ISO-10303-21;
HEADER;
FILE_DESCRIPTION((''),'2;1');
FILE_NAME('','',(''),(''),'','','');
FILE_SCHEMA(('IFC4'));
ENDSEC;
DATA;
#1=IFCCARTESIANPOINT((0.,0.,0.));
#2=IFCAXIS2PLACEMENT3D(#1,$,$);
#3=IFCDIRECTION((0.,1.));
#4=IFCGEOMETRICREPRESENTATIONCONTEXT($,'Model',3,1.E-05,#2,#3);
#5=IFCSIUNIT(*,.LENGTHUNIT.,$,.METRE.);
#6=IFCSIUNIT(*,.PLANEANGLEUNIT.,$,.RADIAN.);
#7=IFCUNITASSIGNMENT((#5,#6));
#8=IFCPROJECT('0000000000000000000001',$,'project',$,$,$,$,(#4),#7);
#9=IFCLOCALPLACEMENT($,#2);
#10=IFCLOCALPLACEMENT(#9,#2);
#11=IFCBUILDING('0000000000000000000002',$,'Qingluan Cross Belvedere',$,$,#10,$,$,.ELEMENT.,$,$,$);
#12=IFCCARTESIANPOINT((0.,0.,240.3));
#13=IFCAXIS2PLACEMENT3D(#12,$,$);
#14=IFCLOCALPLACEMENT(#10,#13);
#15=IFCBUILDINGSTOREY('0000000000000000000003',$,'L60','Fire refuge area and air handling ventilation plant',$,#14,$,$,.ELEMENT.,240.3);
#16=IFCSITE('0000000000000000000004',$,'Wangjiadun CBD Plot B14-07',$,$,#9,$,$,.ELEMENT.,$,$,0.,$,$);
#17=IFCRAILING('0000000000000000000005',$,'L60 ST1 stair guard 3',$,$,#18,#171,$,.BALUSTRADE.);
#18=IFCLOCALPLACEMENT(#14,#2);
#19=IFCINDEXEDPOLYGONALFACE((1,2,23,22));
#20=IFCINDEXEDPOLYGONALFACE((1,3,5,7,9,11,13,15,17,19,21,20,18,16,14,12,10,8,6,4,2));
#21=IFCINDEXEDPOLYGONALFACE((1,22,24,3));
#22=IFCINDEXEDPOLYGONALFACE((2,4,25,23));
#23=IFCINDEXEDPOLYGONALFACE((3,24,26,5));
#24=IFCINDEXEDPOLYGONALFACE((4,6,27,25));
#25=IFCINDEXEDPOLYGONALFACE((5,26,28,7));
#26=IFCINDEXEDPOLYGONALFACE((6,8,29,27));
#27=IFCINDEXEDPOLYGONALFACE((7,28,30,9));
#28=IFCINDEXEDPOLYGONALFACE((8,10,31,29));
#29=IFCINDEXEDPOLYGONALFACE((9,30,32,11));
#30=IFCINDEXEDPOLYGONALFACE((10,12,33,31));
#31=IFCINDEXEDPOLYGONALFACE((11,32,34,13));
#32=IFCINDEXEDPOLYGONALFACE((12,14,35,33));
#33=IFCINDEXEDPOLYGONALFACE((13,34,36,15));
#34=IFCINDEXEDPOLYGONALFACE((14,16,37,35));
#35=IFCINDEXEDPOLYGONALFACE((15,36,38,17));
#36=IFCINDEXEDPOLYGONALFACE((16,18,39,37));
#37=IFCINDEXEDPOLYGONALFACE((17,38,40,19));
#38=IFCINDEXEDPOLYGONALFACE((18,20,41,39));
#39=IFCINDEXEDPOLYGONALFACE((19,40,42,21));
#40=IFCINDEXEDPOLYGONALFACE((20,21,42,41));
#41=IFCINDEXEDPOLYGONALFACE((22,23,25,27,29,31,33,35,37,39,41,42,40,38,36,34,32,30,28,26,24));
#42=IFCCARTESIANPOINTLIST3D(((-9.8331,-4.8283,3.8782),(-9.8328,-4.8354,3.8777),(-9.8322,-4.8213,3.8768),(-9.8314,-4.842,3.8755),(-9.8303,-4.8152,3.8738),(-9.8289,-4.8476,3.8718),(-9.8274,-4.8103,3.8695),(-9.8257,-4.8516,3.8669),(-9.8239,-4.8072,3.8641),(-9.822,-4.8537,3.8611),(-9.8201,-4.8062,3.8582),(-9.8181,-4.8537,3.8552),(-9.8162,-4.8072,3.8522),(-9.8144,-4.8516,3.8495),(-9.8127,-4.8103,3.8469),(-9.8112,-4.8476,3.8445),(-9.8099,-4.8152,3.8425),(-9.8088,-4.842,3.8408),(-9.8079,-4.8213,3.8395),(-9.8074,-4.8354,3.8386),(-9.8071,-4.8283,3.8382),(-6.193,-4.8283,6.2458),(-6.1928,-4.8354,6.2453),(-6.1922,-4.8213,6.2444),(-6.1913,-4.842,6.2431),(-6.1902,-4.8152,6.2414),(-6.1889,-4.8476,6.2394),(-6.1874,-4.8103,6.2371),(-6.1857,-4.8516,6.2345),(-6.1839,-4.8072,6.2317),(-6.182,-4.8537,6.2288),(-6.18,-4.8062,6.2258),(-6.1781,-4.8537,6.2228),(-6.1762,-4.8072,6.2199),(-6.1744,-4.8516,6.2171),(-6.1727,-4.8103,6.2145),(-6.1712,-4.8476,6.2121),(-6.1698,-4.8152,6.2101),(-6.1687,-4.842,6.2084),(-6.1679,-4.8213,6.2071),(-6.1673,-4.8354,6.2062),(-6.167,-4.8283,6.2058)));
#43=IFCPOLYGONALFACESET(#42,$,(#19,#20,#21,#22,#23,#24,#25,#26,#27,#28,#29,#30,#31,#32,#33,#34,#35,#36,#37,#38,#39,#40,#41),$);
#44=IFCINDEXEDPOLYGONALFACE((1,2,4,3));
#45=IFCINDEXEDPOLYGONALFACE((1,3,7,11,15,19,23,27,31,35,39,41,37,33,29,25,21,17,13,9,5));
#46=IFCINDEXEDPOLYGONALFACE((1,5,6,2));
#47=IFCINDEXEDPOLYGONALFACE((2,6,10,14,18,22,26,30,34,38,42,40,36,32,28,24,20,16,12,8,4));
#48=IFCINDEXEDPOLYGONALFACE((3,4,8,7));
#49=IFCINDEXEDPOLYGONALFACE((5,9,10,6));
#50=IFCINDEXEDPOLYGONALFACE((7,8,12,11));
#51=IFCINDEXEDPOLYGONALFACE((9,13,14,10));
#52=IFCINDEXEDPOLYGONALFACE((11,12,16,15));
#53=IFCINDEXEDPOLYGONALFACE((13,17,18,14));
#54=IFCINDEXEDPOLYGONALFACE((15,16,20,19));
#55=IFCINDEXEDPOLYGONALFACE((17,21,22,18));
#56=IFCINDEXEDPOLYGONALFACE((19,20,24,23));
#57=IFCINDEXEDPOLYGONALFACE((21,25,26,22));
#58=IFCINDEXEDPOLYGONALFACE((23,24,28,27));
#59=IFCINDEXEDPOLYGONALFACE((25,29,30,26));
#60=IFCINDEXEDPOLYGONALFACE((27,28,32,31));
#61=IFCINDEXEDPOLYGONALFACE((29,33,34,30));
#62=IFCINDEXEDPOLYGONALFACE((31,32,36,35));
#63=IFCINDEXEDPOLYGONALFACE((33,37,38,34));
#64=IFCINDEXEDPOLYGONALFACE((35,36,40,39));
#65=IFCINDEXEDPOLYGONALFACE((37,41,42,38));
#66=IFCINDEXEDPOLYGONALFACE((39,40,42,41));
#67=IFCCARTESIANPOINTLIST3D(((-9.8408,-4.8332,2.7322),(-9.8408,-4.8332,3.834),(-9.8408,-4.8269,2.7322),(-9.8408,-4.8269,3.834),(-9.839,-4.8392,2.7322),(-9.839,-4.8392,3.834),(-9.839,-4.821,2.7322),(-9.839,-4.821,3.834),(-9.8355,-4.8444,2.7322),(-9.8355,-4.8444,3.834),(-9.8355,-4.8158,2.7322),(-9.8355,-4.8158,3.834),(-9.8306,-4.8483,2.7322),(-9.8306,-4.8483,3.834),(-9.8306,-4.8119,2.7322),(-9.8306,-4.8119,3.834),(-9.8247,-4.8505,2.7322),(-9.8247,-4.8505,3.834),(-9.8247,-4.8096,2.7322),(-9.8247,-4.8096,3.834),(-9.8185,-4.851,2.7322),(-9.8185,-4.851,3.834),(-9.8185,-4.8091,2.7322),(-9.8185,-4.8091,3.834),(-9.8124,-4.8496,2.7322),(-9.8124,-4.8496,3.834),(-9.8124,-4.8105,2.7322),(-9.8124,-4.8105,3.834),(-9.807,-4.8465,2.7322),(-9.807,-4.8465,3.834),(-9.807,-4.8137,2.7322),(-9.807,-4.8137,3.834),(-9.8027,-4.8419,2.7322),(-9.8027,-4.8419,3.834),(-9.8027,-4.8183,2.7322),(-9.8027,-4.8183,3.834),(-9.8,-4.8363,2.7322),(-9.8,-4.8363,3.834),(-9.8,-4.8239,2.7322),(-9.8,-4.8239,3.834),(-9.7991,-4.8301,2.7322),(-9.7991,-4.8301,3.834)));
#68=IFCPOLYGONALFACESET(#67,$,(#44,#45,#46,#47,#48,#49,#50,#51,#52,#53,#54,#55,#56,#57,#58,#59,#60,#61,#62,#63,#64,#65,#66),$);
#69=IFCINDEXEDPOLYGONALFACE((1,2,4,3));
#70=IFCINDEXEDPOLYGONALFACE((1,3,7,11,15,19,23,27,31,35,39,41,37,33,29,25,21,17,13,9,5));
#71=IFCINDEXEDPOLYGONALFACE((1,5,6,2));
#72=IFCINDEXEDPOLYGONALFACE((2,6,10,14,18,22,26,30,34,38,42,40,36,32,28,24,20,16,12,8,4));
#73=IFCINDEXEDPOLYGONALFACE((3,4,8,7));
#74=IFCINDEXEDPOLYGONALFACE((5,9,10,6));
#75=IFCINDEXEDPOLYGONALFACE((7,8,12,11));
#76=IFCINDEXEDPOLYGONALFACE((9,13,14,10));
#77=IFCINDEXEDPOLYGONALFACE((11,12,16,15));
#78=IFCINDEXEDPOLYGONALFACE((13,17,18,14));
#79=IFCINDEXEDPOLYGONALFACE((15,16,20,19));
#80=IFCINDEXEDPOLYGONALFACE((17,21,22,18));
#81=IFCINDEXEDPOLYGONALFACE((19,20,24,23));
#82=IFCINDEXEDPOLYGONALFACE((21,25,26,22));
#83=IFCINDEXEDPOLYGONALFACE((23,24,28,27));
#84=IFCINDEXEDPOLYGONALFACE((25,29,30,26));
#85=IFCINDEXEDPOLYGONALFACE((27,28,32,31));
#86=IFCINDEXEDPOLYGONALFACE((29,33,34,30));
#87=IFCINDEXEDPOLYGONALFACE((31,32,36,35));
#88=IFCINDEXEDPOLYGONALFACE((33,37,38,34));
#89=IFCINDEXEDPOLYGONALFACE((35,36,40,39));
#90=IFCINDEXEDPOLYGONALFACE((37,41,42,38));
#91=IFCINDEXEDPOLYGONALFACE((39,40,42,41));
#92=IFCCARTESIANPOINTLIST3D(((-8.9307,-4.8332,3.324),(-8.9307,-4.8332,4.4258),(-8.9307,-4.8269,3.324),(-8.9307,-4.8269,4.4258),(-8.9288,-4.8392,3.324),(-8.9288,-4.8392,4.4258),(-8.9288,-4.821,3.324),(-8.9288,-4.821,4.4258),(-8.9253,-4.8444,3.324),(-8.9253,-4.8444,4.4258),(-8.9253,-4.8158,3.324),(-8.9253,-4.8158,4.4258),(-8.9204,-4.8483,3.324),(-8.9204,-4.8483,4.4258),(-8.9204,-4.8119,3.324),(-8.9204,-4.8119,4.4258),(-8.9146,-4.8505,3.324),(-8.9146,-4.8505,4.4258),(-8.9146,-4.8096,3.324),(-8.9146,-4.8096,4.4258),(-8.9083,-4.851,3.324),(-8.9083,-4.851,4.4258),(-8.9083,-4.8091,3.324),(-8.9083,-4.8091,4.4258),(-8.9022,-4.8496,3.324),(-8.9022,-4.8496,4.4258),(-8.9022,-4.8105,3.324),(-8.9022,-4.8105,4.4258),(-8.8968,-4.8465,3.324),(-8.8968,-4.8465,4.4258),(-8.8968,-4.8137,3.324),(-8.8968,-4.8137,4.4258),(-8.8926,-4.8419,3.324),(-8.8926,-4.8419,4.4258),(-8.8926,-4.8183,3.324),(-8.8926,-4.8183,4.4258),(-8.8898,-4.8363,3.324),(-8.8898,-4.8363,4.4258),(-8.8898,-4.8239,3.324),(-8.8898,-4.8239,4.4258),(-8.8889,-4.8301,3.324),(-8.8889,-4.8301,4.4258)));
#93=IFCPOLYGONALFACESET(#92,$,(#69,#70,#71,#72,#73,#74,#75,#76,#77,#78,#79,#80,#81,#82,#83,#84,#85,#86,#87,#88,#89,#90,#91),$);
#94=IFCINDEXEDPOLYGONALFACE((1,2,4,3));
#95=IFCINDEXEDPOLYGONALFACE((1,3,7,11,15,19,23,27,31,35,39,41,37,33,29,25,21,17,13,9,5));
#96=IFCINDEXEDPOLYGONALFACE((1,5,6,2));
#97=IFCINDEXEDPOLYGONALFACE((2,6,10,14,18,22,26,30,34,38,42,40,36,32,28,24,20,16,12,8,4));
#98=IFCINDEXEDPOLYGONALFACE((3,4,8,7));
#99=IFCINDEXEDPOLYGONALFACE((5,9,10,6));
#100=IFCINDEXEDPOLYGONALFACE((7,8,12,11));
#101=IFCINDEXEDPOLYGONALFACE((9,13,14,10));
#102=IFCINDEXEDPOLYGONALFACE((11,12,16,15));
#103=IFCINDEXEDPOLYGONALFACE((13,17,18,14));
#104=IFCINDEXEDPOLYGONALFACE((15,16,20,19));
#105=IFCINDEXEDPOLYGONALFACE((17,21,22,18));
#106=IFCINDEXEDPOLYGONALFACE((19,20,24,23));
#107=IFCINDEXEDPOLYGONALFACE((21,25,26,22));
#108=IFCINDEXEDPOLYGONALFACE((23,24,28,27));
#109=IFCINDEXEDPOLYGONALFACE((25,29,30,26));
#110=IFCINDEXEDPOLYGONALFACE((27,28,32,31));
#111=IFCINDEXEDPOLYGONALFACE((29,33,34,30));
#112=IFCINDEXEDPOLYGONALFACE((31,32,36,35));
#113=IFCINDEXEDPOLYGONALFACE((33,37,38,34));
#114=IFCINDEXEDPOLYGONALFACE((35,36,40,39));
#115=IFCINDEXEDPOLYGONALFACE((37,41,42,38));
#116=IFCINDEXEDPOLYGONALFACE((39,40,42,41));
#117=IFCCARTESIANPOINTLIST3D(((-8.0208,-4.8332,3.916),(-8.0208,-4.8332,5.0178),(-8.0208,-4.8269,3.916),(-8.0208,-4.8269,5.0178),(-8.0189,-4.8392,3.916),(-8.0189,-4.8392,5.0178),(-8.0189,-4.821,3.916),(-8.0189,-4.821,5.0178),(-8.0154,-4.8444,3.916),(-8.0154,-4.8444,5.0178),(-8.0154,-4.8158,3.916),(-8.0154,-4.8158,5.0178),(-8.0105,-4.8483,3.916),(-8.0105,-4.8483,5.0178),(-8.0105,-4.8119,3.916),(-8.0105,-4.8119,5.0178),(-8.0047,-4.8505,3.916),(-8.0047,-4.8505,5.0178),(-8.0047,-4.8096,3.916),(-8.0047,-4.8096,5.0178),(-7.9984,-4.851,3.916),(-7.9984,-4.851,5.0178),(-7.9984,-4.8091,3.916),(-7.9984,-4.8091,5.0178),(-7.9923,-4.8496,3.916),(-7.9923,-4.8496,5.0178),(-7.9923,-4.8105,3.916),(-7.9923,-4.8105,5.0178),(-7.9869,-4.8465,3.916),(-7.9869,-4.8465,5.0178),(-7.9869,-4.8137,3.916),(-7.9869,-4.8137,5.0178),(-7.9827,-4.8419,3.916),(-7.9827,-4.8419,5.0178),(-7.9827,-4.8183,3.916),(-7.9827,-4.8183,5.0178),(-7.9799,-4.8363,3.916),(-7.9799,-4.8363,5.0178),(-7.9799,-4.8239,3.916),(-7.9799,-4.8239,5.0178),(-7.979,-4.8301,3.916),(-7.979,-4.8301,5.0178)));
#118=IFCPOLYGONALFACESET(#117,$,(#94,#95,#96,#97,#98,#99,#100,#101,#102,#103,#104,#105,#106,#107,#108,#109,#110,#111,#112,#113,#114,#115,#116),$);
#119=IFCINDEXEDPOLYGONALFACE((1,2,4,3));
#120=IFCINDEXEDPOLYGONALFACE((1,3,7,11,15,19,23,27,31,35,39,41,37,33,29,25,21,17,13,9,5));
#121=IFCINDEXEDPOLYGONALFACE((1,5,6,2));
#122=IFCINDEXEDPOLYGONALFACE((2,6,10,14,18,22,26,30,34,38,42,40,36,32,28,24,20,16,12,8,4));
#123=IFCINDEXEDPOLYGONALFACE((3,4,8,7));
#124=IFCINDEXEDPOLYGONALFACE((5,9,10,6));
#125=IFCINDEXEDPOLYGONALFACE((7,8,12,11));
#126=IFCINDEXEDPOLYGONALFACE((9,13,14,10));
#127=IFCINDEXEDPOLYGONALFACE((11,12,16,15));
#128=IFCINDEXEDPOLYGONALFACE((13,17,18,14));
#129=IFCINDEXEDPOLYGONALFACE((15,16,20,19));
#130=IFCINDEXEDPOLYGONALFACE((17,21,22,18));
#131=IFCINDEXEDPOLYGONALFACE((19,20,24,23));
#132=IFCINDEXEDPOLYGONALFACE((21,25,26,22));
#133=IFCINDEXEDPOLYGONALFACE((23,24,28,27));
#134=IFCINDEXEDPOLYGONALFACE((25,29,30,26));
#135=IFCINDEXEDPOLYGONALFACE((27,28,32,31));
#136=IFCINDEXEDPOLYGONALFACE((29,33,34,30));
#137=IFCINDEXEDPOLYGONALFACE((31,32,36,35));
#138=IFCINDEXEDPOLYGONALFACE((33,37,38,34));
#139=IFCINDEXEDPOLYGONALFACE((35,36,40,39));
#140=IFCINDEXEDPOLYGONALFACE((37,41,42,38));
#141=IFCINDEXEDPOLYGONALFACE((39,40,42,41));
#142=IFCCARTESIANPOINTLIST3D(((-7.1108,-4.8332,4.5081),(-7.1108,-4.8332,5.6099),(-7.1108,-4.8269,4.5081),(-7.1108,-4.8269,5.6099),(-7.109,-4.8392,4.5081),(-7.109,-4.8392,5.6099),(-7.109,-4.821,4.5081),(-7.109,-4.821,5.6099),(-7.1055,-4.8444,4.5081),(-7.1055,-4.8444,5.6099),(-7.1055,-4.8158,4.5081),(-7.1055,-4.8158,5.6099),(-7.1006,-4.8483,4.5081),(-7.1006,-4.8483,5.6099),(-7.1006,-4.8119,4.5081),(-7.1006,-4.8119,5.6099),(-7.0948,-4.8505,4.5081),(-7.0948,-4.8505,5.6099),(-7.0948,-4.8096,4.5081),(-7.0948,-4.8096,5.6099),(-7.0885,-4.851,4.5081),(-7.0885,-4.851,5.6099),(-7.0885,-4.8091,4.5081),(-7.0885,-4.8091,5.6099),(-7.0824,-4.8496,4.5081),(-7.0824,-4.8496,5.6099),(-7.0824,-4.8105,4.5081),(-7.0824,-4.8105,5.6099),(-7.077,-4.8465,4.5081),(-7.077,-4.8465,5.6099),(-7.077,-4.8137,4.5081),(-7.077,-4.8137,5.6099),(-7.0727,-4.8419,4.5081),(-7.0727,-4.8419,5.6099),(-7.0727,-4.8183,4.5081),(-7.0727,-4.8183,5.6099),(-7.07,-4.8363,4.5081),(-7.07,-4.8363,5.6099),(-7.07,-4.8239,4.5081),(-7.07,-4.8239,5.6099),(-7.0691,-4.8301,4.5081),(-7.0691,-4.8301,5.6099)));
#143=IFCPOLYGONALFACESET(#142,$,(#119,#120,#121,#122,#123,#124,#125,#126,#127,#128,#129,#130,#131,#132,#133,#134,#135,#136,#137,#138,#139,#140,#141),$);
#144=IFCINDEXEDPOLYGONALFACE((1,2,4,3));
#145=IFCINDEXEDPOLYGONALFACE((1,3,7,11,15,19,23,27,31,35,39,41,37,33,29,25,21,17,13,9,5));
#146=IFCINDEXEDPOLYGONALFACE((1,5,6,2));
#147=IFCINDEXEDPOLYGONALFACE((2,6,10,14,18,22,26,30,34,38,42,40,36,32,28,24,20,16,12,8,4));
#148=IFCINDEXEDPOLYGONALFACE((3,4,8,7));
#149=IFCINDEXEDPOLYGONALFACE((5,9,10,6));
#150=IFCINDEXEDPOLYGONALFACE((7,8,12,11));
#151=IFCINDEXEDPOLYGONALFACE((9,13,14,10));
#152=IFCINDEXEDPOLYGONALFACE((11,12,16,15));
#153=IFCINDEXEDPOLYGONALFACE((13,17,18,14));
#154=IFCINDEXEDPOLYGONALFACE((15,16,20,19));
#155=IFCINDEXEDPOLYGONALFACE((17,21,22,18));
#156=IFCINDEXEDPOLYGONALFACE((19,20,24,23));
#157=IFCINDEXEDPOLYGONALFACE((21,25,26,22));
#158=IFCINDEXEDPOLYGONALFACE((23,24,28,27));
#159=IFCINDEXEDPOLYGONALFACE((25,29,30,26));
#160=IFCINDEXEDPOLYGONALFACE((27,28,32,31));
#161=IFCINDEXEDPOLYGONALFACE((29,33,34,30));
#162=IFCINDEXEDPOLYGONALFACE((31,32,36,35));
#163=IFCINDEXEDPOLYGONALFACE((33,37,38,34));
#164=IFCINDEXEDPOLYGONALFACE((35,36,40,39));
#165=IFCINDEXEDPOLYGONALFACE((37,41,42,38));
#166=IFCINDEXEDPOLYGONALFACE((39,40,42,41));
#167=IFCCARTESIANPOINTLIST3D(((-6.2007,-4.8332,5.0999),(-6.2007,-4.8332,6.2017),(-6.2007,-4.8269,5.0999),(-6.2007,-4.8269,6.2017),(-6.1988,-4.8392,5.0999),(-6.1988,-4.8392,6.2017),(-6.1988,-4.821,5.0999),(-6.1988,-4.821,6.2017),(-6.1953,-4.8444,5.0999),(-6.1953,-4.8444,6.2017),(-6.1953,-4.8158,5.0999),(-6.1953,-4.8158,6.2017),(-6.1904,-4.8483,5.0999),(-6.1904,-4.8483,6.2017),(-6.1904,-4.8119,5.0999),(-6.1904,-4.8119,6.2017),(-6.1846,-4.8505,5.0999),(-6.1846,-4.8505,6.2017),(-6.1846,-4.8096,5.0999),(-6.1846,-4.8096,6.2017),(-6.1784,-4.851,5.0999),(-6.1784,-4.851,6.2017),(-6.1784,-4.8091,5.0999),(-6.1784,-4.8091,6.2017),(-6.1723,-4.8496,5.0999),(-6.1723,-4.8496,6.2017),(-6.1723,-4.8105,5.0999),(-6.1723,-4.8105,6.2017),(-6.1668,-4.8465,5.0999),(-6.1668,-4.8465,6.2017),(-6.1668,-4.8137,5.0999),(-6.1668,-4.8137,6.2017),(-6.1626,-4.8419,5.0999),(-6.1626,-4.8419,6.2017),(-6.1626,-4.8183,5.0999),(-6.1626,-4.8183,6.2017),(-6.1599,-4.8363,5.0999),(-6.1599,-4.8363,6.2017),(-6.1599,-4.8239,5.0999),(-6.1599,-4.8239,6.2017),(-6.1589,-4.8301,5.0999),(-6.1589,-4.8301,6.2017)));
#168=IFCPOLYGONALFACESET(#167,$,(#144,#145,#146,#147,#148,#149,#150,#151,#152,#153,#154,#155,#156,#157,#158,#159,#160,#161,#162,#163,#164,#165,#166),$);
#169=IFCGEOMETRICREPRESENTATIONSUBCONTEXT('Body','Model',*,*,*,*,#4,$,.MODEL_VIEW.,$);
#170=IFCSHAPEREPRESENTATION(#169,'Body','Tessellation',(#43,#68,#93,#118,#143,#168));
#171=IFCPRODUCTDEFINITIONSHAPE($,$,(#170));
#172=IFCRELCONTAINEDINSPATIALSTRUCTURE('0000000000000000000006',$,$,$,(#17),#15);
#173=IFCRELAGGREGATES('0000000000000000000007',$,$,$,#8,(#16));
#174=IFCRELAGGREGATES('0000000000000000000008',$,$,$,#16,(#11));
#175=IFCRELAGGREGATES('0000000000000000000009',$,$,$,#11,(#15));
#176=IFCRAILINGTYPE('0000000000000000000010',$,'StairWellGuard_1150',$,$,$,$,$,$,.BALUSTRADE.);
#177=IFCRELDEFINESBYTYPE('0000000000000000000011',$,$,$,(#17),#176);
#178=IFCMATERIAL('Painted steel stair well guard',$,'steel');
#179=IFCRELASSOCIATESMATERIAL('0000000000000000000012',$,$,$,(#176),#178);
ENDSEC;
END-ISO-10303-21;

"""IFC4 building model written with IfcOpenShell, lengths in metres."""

from ifc_helpers import new_model, si_unit, direction, frame, origin, origin_2d, place, context, subcontext, project, spatial, circle, extrude, material, type_object, element, save


model = new_model("IFC4")

# Units and contexts
model_context = context("Model", 3, precision=1e-05, world=origin(), true_north=direction((0.0, 1.0)))
body_context = subcontext(model_context, "Body", "Model", "MODEL_VIEW")
ifc_project = project(units=[si_unit("LENGTHUNIT", "METRE"), si_unit("PLANEANGLEUNIT", "RADIAN")], contexts=[model_context])

# Site, building, storey
site_placement = place(None, origin())
site = spatial("IfcSite", under=ifc_project, at=site_placement, Name="Wangjiadun CBD Plot B14-07", CompositionType="ELEMENT", RefElevation=0.0)
building_placement = place(site_placement, origin())
building = spatial("IfcBuilding", under=site, at=building_placement, Name="Qingluan Cross Belvedere", CompositionType="ELEMENT")
storey_placement = place(building_placement, frame((0.0, 0.0, 240.3)))
storey = spatial("IfcBuildingStorey", under=building, at=storey_placement, Name="L60", Description="Fire refuge area and air handling ventilation plant", CompositionType="ELEMENT", Elevation=240.3)

# Railing
ifc_material_1 = material(Name="Painted steel stair well guard", Category="steel")
railing_type_1 = type_object("IfcRailingType", Name="StairWellGuard_1150", PredefinedType="BALUSTRADE", material=ifc_material_1)
railing_1_placement = place(storey_placement, frame((-9.8201, -4.8301, 2.7322)))
element("IfcRailing", 1, at=railing_1_placement, inside=storey, type_object=railing_type_1, Name="L60 ST1 stair guard 3", PredefinedType="BALUSTRADE", context=body_context, shape_type="SweptSolid", body=[
    extrude(circle(Radius=0.0239, at=origin_2d()), frame((0.0, 0.0, 1.126), z_axis=(0.838277, 0.0, 0.545245), x_axis=(0.0, 1.0, 0.0)), (0.0, 0.0, 1.0), 4.3423),
    extrude(circle(Radius=0.021, at=origin_2d()), origin(), (0.0, 0.0, 1.0), 1.1018),
    extrude(circle(Radius=0.021, at=origin_2d()), frame((0.9102, 0.0, 0.5918)), (0.0, 0.0, 1.0), 1.1018),
    extrude(circle(Radius=0.021, at=origin_2d()), frame((1.8201, 0.0, 1.1838)), (0.0, 0.0, 1.0), 1.1018),
    extrude(circle(Radius=0.021, at=origin_2d()), frame((2.73, 0.0, 1.7759)), (0.0, 0.0, 1.0), 1.1018),
    extrude(circle(Radius=0.021, at=origin_2d()), frame((3.6401, 0.0, 2.3677)), (0.0, 0.0, 1.0), 1.1018),
])

save(model, "model.ifc")
